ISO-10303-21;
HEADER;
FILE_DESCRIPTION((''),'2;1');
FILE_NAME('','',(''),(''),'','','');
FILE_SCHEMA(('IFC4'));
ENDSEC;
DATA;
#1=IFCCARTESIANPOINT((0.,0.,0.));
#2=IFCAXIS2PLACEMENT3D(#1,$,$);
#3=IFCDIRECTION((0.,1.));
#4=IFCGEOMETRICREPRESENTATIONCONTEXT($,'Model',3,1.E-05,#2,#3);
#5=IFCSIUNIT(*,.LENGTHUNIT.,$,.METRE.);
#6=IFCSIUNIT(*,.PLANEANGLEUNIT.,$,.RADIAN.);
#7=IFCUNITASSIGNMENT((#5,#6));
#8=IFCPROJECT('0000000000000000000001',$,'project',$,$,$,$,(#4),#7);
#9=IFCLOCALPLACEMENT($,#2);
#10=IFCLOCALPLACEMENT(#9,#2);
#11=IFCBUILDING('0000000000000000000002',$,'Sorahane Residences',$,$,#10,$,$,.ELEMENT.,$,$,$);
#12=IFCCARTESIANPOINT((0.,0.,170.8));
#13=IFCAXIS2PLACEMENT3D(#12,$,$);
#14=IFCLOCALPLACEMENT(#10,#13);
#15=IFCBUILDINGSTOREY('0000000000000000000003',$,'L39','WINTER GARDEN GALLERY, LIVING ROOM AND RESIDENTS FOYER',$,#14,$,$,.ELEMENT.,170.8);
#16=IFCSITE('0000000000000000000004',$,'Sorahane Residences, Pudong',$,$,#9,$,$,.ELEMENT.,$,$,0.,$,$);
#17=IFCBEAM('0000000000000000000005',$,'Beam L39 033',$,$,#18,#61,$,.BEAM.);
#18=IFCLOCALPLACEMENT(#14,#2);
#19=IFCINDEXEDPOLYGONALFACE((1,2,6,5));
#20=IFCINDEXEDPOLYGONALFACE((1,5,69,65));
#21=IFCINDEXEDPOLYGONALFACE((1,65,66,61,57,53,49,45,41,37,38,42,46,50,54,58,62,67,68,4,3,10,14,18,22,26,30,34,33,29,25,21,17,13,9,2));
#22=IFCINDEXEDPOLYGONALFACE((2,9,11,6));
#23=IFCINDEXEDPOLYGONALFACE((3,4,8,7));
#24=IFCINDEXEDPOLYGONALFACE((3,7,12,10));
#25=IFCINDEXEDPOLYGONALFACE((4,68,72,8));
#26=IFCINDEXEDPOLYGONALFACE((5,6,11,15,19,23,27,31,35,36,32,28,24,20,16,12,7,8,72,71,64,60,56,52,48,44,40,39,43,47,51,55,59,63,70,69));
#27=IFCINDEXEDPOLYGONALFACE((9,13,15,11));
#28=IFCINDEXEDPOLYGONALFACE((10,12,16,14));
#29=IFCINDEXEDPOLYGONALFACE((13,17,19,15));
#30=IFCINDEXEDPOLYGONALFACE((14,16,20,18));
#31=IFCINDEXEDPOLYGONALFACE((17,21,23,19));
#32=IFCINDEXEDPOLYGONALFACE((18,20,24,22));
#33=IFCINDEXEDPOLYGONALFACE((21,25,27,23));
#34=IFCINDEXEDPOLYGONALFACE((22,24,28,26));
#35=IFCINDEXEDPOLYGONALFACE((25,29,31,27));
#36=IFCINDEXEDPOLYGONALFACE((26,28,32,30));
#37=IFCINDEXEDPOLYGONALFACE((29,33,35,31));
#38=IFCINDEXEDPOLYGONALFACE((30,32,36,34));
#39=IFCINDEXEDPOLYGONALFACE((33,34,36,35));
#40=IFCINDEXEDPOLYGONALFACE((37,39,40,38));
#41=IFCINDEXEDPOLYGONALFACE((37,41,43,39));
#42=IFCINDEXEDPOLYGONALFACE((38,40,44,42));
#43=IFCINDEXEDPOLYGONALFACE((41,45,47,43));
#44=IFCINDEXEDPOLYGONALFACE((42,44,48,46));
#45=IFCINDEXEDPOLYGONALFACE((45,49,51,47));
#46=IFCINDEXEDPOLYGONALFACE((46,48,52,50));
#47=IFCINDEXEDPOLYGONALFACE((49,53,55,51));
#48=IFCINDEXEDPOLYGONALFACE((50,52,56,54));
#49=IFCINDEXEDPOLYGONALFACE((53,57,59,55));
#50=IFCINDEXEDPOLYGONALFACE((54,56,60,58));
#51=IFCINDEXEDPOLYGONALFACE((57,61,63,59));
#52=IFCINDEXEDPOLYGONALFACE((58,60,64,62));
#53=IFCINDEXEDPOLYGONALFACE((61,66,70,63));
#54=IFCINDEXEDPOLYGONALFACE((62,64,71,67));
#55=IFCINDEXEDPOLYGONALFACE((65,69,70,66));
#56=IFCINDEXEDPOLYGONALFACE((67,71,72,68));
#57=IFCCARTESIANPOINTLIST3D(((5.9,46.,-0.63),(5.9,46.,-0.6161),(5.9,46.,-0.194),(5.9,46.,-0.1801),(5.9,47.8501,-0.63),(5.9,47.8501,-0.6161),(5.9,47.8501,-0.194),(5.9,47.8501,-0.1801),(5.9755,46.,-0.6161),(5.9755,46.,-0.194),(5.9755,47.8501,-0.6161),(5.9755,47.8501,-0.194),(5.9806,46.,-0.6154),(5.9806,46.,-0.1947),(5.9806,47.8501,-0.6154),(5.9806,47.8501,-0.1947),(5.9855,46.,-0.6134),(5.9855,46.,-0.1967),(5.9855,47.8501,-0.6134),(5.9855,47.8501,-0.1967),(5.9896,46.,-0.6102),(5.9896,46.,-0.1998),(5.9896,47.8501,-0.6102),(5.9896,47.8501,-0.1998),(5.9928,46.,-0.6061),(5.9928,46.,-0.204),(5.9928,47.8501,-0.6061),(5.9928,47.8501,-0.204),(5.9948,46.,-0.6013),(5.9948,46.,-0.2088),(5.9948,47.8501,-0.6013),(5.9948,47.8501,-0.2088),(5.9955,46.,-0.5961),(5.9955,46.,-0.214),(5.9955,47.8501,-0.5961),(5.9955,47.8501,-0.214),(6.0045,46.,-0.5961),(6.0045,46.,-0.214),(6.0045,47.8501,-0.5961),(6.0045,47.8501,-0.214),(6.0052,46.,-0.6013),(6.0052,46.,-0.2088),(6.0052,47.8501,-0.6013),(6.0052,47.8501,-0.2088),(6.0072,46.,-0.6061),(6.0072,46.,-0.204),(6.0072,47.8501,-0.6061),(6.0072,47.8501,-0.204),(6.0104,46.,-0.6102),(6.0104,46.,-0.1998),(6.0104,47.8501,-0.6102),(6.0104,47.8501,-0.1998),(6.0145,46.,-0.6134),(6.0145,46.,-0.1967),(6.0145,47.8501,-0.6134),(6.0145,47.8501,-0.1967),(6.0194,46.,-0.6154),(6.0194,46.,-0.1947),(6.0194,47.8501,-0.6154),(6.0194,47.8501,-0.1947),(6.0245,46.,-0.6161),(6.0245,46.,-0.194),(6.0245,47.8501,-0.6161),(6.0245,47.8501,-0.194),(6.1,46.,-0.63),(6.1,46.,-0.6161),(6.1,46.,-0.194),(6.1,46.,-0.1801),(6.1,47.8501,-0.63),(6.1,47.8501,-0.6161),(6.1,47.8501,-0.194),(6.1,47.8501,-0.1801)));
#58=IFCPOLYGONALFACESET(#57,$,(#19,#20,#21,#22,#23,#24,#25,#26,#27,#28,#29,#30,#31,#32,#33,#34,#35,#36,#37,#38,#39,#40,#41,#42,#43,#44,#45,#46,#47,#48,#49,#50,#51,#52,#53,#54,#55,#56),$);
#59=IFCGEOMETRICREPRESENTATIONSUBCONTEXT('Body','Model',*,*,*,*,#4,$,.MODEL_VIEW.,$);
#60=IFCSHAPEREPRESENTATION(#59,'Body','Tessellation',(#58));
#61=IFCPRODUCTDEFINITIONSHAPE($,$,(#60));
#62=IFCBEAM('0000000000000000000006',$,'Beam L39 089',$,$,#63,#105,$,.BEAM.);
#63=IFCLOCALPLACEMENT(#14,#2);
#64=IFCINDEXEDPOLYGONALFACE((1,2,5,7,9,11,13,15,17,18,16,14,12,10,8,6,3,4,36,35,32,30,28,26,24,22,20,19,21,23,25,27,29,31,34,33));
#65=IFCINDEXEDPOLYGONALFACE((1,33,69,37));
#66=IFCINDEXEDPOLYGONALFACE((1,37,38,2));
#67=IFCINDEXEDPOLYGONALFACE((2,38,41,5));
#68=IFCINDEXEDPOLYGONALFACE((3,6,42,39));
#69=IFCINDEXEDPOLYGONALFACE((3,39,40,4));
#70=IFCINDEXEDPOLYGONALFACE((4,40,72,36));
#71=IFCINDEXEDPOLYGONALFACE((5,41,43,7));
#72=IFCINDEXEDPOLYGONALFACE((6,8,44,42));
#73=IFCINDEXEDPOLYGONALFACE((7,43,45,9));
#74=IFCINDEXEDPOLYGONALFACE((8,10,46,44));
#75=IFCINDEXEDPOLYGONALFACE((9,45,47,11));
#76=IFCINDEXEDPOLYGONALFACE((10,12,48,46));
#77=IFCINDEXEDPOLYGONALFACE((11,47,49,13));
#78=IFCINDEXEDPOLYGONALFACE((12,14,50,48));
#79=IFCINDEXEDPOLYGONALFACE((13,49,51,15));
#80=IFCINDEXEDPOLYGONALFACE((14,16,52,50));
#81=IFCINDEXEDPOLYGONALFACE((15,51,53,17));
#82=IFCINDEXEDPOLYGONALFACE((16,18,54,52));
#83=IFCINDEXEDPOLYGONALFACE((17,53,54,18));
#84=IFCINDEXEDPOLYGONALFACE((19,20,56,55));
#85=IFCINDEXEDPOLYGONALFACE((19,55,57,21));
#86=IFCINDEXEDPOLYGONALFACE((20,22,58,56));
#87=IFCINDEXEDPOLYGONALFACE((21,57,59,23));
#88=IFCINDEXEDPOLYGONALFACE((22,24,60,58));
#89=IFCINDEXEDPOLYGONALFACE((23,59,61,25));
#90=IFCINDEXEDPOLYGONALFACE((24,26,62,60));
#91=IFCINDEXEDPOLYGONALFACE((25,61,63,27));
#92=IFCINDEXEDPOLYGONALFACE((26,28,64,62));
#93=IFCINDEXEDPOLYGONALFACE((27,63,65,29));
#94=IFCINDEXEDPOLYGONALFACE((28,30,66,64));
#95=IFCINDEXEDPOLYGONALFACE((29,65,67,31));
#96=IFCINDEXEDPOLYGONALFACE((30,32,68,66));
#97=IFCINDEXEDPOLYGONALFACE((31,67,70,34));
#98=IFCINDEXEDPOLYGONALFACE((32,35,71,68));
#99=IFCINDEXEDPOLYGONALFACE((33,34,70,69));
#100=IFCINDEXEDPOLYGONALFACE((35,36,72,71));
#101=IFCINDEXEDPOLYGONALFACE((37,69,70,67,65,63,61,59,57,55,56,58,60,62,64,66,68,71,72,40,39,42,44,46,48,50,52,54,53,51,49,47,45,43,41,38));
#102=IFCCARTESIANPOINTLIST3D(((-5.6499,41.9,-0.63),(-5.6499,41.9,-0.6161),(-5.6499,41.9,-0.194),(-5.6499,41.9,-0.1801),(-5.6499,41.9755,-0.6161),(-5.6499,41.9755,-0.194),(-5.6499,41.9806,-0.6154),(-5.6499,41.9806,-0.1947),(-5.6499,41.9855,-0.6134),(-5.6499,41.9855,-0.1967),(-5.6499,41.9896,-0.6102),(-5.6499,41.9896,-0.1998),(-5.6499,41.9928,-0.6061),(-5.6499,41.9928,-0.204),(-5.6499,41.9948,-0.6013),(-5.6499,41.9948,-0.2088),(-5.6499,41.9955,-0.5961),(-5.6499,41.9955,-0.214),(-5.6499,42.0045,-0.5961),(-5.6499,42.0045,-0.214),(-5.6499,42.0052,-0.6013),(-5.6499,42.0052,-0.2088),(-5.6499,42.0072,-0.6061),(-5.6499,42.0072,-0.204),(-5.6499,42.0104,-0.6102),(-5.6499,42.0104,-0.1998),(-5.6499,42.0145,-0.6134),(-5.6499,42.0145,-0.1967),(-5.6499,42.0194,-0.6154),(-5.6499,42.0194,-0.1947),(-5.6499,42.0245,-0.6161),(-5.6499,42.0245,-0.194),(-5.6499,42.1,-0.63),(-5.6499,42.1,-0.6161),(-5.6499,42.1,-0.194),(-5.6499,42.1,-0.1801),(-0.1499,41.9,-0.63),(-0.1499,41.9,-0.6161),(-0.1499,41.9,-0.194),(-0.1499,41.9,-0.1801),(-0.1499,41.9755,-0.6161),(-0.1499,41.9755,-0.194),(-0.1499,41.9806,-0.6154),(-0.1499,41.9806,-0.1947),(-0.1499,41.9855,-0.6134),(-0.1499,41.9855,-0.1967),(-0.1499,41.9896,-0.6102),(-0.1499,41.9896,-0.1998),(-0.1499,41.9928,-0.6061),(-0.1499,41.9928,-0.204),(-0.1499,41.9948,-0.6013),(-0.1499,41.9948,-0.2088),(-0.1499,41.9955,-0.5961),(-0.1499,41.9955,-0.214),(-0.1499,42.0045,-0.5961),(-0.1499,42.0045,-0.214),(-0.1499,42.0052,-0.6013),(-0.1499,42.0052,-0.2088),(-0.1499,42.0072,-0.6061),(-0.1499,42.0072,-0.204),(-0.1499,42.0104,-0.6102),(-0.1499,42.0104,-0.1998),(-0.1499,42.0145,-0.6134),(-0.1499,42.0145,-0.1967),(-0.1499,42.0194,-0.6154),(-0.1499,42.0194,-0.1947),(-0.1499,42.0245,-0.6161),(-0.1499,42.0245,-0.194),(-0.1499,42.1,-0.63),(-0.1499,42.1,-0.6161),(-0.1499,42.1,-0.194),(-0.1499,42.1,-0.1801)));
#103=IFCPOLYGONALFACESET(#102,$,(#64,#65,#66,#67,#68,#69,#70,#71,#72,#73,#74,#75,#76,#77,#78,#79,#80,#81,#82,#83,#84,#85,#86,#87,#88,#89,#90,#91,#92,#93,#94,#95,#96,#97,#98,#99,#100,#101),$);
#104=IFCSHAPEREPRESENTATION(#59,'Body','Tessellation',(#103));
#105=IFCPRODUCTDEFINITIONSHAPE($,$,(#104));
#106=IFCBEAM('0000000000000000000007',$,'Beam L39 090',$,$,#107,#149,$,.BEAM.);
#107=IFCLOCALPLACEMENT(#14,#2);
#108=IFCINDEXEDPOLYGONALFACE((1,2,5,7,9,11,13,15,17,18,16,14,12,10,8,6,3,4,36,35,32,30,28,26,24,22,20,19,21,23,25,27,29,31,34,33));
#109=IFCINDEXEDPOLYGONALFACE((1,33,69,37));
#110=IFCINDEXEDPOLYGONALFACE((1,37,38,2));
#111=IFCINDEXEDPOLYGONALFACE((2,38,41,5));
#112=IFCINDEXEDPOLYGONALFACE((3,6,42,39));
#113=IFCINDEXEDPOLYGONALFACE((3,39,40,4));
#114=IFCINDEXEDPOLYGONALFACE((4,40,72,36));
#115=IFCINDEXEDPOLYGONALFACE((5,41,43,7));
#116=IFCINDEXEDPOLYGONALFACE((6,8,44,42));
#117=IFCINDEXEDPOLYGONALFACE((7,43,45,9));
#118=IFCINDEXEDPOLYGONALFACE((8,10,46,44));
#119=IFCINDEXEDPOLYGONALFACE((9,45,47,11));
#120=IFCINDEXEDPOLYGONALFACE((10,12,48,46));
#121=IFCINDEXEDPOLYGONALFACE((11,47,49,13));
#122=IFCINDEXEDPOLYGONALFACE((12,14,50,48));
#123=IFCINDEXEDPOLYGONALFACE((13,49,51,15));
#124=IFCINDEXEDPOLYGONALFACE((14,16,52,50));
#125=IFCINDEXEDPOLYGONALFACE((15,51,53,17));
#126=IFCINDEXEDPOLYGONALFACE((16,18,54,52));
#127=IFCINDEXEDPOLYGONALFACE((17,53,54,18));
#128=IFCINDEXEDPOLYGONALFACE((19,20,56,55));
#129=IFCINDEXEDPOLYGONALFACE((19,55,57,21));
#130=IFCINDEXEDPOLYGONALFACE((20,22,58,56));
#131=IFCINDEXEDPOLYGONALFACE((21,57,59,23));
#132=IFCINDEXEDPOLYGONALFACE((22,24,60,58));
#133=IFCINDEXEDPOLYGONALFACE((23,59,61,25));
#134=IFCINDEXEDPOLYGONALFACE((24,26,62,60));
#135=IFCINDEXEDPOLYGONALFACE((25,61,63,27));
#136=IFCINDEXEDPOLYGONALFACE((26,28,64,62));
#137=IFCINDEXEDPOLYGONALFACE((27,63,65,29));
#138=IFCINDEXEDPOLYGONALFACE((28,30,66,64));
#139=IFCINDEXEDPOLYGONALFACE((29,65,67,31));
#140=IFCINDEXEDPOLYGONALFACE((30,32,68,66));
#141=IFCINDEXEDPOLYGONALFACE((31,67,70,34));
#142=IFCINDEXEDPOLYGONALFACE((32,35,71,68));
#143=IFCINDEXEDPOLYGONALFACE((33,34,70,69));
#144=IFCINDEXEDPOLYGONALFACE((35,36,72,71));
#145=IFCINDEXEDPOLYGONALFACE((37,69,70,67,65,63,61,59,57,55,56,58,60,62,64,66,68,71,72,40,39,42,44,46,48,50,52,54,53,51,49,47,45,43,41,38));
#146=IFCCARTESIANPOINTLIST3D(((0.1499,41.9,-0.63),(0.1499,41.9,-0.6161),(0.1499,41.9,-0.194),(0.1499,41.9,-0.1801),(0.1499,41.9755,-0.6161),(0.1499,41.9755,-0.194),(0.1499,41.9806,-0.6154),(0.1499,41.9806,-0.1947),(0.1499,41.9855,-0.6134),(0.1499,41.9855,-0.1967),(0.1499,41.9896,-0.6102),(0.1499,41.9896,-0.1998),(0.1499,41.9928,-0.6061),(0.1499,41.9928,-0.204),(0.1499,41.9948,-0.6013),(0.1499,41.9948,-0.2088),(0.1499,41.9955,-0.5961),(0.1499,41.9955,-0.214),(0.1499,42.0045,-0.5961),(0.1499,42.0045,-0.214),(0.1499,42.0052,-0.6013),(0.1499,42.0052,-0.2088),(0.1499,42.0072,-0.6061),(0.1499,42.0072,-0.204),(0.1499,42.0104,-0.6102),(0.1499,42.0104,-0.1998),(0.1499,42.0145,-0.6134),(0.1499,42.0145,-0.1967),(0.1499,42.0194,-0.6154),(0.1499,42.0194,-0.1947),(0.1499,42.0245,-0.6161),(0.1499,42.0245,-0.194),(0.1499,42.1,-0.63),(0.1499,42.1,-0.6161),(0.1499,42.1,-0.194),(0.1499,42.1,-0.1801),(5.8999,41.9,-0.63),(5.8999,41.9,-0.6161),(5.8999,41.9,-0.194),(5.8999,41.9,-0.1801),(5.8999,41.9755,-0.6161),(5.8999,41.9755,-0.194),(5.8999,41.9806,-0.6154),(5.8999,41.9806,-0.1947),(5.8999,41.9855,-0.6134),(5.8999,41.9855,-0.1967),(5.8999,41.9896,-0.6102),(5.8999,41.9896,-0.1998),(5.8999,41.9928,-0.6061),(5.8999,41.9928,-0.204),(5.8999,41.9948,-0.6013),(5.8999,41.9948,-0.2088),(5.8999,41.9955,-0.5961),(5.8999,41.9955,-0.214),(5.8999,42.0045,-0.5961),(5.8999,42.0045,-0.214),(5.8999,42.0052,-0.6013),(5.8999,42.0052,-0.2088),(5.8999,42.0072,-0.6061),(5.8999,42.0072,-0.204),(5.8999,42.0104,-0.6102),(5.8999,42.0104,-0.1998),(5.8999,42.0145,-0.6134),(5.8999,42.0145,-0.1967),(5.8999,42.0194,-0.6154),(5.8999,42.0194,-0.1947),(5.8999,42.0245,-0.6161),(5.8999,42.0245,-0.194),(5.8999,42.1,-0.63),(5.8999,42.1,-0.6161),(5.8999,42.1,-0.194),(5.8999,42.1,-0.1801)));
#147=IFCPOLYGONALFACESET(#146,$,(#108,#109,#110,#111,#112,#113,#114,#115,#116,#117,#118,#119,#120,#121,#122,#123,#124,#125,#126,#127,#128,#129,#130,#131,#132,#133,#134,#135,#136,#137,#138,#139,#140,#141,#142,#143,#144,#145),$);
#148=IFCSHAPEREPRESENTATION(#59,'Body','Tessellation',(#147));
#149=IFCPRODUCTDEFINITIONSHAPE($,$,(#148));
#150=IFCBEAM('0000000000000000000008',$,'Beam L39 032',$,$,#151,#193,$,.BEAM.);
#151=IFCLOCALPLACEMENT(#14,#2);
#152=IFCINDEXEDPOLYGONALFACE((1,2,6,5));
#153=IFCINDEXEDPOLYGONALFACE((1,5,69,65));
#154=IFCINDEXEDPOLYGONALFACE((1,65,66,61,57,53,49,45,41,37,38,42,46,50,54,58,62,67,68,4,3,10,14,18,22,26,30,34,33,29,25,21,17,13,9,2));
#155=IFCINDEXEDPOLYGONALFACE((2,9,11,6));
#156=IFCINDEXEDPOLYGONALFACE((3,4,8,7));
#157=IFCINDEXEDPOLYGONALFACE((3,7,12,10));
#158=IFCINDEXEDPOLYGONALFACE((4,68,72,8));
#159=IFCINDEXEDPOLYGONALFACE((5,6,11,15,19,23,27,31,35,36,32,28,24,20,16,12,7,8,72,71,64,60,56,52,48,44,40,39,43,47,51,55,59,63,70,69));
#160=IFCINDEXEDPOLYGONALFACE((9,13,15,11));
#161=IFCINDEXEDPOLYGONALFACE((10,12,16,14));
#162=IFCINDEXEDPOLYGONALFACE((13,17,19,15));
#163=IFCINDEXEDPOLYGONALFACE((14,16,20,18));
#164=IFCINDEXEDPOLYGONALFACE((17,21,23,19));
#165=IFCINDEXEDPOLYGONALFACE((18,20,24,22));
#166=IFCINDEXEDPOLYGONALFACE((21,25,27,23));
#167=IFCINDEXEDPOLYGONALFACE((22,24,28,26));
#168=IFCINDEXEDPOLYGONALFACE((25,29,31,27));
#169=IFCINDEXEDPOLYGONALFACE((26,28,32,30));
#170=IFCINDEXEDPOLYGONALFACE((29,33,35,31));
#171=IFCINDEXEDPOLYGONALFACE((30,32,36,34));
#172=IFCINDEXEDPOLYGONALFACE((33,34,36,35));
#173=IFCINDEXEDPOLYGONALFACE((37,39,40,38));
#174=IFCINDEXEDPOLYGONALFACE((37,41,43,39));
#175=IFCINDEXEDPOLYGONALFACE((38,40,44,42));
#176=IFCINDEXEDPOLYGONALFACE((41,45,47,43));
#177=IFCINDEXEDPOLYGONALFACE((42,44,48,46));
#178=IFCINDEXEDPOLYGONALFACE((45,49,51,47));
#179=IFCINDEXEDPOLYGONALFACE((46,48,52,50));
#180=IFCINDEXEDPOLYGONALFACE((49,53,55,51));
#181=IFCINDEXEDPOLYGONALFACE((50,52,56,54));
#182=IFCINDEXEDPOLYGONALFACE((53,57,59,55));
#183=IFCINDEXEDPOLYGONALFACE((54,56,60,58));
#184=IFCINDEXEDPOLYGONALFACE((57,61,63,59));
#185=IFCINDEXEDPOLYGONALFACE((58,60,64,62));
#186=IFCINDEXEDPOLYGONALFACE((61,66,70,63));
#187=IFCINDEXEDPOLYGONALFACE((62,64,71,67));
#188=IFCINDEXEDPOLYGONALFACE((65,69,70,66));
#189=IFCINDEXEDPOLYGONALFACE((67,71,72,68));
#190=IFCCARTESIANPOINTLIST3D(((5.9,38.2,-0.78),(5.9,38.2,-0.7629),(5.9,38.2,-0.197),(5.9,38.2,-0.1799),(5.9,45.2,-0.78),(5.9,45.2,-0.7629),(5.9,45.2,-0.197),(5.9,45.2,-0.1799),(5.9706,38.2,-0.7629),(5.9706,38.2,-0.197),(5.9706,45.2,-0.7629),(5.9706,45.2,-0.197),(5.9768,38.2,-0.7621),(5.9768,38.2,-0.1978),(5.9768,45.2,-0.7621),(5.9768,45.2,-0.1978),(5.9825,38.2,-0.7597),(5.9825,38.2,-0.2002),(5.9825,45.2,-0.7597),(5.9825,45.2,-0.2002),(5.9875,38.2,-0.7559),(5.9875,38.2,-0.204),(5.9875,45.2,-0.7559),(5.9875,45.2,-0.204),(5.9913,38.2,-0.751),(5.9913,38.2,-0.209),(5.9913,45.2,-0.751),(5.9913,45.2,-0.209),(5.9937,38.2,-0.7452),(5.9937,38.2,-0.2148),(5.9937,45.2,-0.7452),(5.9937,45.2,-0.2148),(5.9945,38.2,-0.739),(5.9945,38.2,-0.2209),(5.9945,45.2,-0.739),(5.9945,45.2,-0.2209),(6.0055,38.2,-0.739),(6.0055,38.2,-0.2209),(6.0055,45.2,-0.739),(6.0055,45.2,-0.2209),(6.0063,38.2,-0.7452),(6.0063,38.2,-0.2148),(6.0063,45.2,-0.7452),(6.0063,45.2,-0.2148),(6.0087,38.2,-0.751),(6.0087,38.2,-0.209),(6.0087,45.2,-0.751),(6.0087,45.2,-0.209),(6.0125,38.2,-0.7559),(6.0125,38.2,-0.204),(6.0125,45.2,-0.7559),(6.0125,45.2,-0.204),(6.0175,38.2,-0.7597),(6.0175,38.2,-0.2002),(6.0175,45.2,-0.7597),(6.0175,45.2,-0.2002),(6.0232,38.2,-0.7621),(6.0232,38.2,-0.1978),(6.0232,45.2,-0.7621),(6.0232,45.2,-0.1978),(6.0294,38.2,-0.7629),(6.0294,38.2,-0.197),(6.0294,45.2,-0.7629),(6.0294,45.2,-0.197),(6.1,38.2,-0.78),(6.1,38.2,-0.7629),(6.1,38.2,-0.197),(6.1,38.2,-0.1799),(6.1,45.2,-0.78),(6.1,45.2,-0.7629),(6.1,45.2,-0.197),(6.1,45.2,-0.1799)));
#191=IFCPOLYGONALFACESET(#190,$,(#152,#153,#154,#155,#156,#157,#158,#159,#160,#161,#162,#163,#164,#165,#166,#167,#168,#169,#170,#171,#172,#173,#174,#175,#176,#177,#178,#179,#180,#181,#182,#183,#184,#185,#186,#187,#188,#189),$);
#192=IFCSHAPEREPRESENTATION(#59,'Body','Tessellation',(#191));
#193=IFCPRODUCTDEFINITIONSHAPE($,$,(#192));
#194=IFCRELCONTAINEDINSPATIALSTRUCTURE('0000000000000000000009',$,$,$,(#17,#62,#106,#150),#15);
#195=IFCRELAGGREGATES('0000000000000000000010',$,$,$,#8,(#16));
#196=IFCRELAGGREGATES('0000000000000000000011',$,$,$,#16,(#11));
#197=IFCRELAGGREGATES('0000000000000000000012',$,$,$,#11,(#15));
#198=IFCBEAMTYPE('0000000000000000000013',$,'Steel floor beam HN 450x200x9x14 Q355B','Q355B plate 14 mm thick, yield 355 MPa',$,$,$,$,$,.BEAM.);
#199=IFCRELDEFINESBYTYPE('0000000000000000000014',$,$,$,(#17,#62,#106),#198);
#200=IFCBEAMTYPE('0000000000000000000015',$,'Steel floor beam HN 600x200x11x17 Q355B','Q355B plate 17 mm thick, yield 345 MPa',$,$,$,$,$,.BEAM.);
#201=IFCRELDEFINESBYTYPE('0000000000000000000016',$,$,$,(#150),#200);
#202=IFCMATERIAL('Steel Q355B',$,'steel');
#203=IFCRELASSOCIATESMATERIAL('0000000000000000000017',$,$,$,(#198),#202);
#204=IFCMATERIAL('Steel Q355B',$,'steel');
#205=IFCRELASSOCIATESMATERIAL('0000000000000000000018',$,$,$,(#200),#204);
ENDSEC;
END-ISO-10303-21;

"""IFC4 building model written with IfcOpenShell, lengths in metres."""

from ifc_helpers import new_model, si_unit, direction, frame, origin, origin_2d, place, context, subcontext, project, spatial, i_section, extrude, material, material_profile, profile_set, type_object, element, save


model = new_model("IFC4")

# Units and contexts
model_context = context("Model", 3, precision=1e-05, world=origin(), true_north=direction((0.0, 1.0)))
body_context = subcontext(model_context, "Body", "Model", "MODEL_VIEW")
ifc_project = project(units=[si_unit("LENGTHUNIT", "METRE"), si_unit("PLANEANGLEUNIT", "RADIAN")], contexts=[model_context])

# Site, building, storey
site_placement = place(None, origin())
site = spatial("IfcSite", under=ifc_project, at=site_placement, Name="Sorahane Residences, Pudong", CompositionType="ELEMENT", RefElevation=0.0)
building_placement = place(site_placement, origin())
building = spatial("IfcBuilding", under=site, at=building_placement, Name="Sorahane Residences", CompositionType="ELEMENT")
storey_placement = place(building_placement, frame((0.0, 0.0, 170.8)))
storey = spatial("IfcBuildingStorey", under=building, at=storey_placement, Name="L39", Description="WINTER GARDEN GALLERY, LIVING ROOM AND RESIDENTS FOYER", CompositionType="ELEMENT", Elevation=170.8)

# Beams
ifc_material_1 = material(Name="Steel Q355B", Category="steel")
ifc_material_profile_1 = material_profile(ifc_material_1, i_section(OverallWidth=0.2, OverallDepth=0.45, WebThickness=0.009, FlangeThickness=0.0139, FilletRadius=0.02, at=origin_2d()), Name="HN 450x200x9x14")
ifc_profile_set_1 = profile_set([ifc_material_profile_1], Name="Steel Q355B")
beam_type_1 = type_object("IfcBeamType", Name="Steel floor beam HN 450x200x9x14 Q355B", Description="Q355B plate 14 mm thick, yield 355 MPa", PredefinedType="BEAM", material=ifc_profile_set_1)
beam_1_placement = place(storey_placement, frame((6.0, 46.0, -0.405), z_axis=(0.0, 1.0, 0.0), x_axis=(-1.0, 0.0, 0.0)))
element("IfcBeam", 1, at=beam_1_placement, inside=storey, type_object=beam_type_1, Name="Beam L39 033", PredefinedType="BEAM", context=body_context, shape_type="SweptSolid", body=[
    extrude(i_section(OverallWidth=0.2, OverallDepth=0.45, WebThickness=0.009, FlangeThickness=0.0139, FilletRadius=0.02, at=origin_2d()), origin(), (0.0, 0.0, 1.0), 1.8501),
])
beam_2_placement = place(storey_placement, frame((-5.6499, 42.0, -0.405), z_axis=(1.0, 0.0, 0.0), x_axis=(0.0, 1.0, 0.0)))
element("IfcBeam", 2, at=beam_2_placement, inside=storey, type_object=beam_type_1, Name="Beam L39 089", PredefinedType="BEAM", context=body_context, shape_type="SweptSolid", body=[
    extrude(i_section(OverallWidth=0.2, OverallDepth=0.45, WebThickness=0.009, FlangeThickness=0.0139, FilletRadius=0.02, at=origin_2d()), origin(), (0.0, 0.0, 1.0), 5.5),
])
beam_3_placement = place(storey_placement, frame((0.1499, 42.0, -0.405), z_axis=(1.0, 0.0, 0.0), x_axis=(0.0, 1.0, 0.0)))
element("IfcBeam", 3, at=beam_3_placement, inside=storey, type_object=beam_type_1, Name="Beam L39 090", PredefinedType="BEAM", context=body_context, shape_type="SweptSolid", body=[
    extrude(i_section(OverallWidth=0.2, OverallDepth=0.45, WebThickness=0.009, FlangeThickness=0.0139, FilletRadius=0.02, at=origin_2d()), origin(), (0.0, 0.0, 1.0), 5.75),
])
ifc_material_2 = material(Name="Steel Q355B", Category="steel")
ifc_material_profile_2 = material_profile(ifc_material_2, i_section(OverallWidth=0.2, OverallDepth=0.6001, WebThickness=0.011, FlangeThickness=0.0171, FilletRadius=0.0239, at=origin_2d()), Name="HN 600x200x11x17")
ifc_profile_set_2 = profile_set([ifc_material_profile_2], Name="Steel Q355B")
beam_type_2 = type_object("IfcBeamType", Name="Steel floor beam HN 600x200x11x17 Q355B", Description="Q355B plate 17 mm thick, yield 345 MPa", PredefinedType="BEAM", material=ifc_profile_set_2)
beam_4_placement = place(storey_placement, frame((6.0, 38.2, -0.48), z_axis=(0.0, 1.0, 0.0), x_axis=(-1.0, 0.0, 0.0)))
element("IfcBeam", 4, at=beam_4_placement, inside=storey, type_object=beam_type_2, Name="Beam L39 032", PredefinedType="BEAM", context=body_context, shape_type="SweptSolid", body=[
    extrude(i_section(OverallWidth=0.2, OverallDepth=0.6001, WebThickness=0.011, FlangeThickness=0.0171, FilletRadius=0.0239, at=origin_2d()), origin(), (0.0, 0.0, 1.0), 7.0),
])

save(model, "model.ifc")
